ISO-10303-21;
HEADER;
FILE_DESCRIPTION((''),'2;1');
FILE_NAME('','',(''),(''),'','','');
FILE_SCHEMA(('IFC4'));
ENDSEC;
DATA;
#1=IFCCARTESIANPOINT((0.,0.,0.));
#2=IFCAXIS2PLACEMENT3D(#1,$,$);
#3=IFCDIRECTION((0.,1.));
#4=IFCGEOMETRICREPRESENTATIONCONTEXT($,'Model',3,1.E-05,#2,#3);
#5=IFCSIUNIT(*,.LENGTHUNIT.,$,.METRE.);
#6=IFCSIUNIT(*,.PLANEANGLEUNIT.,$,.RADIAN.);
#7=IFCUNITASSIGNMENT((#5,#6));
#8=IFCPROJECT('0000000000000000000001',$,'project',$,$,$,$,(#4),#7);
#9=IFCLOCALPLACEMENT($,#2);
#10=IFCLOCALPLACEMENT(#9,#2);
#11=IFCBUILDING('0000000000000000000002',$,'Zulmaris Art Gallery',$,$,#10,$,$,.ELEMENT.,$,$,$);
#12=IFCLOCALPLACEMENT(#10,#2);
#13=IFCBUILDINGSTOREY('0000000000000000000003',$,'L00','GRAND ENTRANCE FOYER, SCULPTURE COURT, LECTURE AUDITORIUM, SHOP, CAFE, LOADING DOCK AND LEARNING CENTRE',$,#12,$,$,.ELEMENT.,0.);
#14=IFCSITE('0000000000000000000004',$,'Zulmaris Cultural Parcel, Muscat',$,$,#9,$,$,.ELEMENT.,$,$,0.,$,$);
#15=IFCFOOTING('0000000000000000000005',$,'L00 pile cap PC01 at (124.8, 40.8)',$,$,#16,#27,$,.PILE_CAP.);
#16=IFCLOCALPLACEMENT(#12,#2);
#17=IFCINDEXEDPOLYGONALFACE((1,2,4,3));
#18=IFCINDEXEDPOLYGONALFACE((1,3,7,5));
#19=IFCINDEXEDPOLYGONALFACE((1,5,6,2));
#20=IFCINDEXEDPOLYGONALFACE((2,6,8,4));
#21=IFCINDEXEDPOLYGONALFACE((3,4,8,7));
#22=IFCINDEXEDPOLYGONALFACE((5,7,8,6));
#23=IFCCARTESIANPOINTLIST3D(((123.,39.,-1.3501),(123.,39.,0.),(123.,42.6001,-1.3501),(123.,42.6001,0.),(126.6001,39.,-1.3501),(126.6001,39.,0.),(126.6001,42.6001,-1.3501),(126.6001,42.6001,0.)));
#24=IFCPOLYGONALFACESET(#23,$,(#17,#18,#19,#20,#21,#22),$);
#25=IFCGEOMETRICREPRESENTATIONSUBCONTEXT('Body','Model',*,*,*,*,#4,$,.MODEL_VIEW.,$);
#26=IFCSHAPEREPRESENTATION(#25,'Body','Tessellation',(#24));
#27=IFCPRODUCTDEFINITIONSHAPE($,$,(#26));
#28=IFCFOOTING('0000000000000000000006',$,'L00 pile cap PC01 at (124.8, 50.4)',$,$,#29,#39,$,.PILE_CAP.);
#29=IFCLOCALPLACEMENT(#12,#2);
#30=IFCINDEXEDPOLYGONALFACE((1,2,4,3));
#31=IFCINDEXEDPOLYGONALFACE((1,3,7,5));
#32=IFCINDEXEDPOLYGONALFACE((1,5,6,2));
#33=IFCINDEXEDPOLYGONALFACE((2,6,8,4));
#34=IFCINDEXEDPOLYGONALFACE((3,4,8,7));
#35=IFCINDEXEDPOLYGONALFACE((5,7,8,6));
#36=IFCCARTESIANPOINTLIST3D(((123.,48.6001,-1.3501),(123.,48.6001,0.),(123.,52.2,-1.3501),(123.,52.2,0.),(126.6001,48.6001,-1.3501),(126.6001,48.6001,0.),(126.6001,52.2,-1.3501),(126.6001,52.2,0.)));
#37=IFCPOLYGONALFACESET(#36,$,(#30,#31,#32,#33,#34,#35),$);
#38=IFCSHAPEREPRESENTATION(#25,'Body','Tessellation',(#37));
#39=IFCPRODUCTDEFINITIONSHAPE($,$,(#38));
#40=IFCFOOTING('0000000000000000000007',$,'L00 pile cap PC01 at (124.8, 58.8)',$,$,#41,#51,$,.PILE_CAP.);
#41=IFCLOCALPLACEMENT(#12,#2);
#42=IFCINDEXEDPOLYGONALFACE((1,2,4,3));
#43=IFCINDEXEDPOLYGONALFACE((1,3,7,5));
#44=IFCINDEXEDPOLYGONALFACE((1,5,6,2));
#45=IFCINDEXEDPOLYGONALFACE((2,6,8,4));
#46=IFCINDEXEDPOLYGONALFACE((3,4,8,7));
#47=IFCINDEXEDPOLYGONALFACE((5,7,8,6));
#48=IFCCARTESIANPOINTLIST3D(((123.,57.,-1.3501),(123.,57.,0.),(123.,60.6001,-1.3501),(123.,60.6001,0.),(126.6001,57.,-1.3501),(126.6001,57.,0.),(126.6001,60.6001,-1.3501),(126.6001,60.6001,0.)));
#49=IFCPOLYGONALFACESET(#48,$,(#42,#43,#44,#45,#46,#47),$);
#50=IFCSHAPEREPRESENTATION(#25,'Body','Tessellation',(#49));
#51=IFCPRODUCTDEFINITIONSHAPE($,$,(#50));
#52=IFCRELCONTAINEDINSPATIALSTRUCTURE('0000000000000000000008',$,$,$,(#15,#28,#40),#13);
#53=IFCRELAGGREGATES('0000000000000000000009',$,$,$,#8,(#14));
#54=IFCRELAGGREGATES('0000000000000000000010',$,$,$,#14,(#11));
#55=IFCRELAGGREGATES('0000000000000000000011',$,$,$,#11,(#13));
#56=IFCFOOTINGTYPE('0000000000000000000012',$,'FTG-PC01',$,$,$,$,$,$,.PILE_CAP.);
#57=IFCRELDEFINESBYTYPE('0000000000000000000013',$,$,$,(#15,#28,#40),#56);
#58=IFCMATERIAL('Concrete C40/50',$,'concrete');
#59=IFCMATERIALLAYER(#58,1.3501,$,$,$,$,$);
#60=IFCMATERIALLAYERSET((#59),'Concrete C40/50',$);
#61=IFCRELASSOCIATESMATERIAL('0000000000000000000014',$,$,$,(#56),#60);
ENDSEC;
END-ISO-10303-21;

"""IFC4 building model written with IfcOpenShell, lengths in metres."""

from ifc_helpers import new_model, si_unit, direction, frame, origin, place, context, subcontext, project, spatial, polyline, outline, extrude, material, layer, layer_set, type_object, element, save


model = new_model("IFC4")

# Units and contexts
model_context = context("Model", 3, precision=1e-05, world=origin(), true_north=direction((0.0, 1.0)))
body_context = subcontext(model_context, "Body", "Model", "MODEL_VIEW")
ifc_project = project(units=[si_unit("LENGTHUNIT", "METRE"), si_unit("PLANEANGLEUNIT", "RADIAN")], contexts=[model_context])

# Site, building, storey
site_placement = place(None, origin())
site = spatial("IfcSite", under=ifc_project, at=site_placement, Name="Zulmaris Cultural Parcel, Muscat", CompositionType="ELEMENT", RefElevation=0.0)
building_placement = place(site_placement, origin())
building = spatial("IfcBuilding", under=site, at=building_placement, Name="Zulmaris Art Gallery", CompositionType="ELEMENT")
storey_placement = place(building_placement, origin())
storey = spatial("IfcBuildingStorey", under=building, at=storey_placement, Name="L00", Description="GRAND ENTRANCE FOYER, SCULPTURE COURT, LECTURE AUDITORIUM, SHOP, CAFE, LOADING DOCK AND LEARNING CENTRE", CompositionType="ELEMENT", Elevation=0.0)

# Footings
ifc_material = material(Name="Concrete C40/50", Category="concrete")
ifc_layer_1 = layer(ifc_material, 1.3501)
ifc_layer_set_1 = layer_set([ifc_layer_1], Name="Concrete C40/50")
footing_type_1 = type_object("IfcFootingType", Name="FTG-PC01", PredefinedType="PILE_CAP", material=ifc_layer_set_1)
footing_1_placement = place(storey_placement, frame((0.0, 0.0, -1.3501)))
element("IfcFooting", 1, at=footing_1_placement, inside=storey, type_object=footing_type_1, Name="L00 pile cap PC01 at (124.8, 40.8)", PredefinedType="PILE_CAP", context=body_context, shape_type="SweptSolid", body=[
    extrude(outline(polyline([(123.0, 39.0), (126.6001, 39.0), (126.6001, 42.6001), (123.0, 42.6001), (123.0, 39.0)])), origin(), (0.0, 0.0, 1.0), 1.3501),
])
footing_2_placement = place(storey_placement, frame((0.0, 0.0, -1.3501)))
element("IfcFooting", 2, at=footing_2_placement, inside=storey, type_object=footing_type_1, Name="L00 pile cap PC01 at (124.8, 50.4)", PredefinedType="PILE_CAP", context=body_context, shape_type="SweptSolid", body=[
    extrude(outline(polyline([(123.0, 48.6001), (126.6001, 48.6001), (126.6001, 52.2), (123.0, 52.2), (123.0, 48.6001)])), origin(), (0.0, 0.0, 1.0), 1.3501),
])
footing_3_placement = place(storey_placement, frame((0.0, 0.0, -1.3501)))
element("IfcFooting", 3, at=footing_3_placement, inside=storey, type_object=footing_type_1, Name="L00 pile cap PC01 at (124.8, 58.8)", PredefinedType="PILE_CAP", context=body_context, shape_type="SweptSolid", body=[
    extrude(outline(polyline([(123.0, 57.0), (126.6001, 57.0), (126.6001, 60.6001), (123.0, 60.6001), (123.0, 57.0)])), origin(), (0.0, 0.0, 1.0), 1.3501),
])

save(model, "model.ifc")
